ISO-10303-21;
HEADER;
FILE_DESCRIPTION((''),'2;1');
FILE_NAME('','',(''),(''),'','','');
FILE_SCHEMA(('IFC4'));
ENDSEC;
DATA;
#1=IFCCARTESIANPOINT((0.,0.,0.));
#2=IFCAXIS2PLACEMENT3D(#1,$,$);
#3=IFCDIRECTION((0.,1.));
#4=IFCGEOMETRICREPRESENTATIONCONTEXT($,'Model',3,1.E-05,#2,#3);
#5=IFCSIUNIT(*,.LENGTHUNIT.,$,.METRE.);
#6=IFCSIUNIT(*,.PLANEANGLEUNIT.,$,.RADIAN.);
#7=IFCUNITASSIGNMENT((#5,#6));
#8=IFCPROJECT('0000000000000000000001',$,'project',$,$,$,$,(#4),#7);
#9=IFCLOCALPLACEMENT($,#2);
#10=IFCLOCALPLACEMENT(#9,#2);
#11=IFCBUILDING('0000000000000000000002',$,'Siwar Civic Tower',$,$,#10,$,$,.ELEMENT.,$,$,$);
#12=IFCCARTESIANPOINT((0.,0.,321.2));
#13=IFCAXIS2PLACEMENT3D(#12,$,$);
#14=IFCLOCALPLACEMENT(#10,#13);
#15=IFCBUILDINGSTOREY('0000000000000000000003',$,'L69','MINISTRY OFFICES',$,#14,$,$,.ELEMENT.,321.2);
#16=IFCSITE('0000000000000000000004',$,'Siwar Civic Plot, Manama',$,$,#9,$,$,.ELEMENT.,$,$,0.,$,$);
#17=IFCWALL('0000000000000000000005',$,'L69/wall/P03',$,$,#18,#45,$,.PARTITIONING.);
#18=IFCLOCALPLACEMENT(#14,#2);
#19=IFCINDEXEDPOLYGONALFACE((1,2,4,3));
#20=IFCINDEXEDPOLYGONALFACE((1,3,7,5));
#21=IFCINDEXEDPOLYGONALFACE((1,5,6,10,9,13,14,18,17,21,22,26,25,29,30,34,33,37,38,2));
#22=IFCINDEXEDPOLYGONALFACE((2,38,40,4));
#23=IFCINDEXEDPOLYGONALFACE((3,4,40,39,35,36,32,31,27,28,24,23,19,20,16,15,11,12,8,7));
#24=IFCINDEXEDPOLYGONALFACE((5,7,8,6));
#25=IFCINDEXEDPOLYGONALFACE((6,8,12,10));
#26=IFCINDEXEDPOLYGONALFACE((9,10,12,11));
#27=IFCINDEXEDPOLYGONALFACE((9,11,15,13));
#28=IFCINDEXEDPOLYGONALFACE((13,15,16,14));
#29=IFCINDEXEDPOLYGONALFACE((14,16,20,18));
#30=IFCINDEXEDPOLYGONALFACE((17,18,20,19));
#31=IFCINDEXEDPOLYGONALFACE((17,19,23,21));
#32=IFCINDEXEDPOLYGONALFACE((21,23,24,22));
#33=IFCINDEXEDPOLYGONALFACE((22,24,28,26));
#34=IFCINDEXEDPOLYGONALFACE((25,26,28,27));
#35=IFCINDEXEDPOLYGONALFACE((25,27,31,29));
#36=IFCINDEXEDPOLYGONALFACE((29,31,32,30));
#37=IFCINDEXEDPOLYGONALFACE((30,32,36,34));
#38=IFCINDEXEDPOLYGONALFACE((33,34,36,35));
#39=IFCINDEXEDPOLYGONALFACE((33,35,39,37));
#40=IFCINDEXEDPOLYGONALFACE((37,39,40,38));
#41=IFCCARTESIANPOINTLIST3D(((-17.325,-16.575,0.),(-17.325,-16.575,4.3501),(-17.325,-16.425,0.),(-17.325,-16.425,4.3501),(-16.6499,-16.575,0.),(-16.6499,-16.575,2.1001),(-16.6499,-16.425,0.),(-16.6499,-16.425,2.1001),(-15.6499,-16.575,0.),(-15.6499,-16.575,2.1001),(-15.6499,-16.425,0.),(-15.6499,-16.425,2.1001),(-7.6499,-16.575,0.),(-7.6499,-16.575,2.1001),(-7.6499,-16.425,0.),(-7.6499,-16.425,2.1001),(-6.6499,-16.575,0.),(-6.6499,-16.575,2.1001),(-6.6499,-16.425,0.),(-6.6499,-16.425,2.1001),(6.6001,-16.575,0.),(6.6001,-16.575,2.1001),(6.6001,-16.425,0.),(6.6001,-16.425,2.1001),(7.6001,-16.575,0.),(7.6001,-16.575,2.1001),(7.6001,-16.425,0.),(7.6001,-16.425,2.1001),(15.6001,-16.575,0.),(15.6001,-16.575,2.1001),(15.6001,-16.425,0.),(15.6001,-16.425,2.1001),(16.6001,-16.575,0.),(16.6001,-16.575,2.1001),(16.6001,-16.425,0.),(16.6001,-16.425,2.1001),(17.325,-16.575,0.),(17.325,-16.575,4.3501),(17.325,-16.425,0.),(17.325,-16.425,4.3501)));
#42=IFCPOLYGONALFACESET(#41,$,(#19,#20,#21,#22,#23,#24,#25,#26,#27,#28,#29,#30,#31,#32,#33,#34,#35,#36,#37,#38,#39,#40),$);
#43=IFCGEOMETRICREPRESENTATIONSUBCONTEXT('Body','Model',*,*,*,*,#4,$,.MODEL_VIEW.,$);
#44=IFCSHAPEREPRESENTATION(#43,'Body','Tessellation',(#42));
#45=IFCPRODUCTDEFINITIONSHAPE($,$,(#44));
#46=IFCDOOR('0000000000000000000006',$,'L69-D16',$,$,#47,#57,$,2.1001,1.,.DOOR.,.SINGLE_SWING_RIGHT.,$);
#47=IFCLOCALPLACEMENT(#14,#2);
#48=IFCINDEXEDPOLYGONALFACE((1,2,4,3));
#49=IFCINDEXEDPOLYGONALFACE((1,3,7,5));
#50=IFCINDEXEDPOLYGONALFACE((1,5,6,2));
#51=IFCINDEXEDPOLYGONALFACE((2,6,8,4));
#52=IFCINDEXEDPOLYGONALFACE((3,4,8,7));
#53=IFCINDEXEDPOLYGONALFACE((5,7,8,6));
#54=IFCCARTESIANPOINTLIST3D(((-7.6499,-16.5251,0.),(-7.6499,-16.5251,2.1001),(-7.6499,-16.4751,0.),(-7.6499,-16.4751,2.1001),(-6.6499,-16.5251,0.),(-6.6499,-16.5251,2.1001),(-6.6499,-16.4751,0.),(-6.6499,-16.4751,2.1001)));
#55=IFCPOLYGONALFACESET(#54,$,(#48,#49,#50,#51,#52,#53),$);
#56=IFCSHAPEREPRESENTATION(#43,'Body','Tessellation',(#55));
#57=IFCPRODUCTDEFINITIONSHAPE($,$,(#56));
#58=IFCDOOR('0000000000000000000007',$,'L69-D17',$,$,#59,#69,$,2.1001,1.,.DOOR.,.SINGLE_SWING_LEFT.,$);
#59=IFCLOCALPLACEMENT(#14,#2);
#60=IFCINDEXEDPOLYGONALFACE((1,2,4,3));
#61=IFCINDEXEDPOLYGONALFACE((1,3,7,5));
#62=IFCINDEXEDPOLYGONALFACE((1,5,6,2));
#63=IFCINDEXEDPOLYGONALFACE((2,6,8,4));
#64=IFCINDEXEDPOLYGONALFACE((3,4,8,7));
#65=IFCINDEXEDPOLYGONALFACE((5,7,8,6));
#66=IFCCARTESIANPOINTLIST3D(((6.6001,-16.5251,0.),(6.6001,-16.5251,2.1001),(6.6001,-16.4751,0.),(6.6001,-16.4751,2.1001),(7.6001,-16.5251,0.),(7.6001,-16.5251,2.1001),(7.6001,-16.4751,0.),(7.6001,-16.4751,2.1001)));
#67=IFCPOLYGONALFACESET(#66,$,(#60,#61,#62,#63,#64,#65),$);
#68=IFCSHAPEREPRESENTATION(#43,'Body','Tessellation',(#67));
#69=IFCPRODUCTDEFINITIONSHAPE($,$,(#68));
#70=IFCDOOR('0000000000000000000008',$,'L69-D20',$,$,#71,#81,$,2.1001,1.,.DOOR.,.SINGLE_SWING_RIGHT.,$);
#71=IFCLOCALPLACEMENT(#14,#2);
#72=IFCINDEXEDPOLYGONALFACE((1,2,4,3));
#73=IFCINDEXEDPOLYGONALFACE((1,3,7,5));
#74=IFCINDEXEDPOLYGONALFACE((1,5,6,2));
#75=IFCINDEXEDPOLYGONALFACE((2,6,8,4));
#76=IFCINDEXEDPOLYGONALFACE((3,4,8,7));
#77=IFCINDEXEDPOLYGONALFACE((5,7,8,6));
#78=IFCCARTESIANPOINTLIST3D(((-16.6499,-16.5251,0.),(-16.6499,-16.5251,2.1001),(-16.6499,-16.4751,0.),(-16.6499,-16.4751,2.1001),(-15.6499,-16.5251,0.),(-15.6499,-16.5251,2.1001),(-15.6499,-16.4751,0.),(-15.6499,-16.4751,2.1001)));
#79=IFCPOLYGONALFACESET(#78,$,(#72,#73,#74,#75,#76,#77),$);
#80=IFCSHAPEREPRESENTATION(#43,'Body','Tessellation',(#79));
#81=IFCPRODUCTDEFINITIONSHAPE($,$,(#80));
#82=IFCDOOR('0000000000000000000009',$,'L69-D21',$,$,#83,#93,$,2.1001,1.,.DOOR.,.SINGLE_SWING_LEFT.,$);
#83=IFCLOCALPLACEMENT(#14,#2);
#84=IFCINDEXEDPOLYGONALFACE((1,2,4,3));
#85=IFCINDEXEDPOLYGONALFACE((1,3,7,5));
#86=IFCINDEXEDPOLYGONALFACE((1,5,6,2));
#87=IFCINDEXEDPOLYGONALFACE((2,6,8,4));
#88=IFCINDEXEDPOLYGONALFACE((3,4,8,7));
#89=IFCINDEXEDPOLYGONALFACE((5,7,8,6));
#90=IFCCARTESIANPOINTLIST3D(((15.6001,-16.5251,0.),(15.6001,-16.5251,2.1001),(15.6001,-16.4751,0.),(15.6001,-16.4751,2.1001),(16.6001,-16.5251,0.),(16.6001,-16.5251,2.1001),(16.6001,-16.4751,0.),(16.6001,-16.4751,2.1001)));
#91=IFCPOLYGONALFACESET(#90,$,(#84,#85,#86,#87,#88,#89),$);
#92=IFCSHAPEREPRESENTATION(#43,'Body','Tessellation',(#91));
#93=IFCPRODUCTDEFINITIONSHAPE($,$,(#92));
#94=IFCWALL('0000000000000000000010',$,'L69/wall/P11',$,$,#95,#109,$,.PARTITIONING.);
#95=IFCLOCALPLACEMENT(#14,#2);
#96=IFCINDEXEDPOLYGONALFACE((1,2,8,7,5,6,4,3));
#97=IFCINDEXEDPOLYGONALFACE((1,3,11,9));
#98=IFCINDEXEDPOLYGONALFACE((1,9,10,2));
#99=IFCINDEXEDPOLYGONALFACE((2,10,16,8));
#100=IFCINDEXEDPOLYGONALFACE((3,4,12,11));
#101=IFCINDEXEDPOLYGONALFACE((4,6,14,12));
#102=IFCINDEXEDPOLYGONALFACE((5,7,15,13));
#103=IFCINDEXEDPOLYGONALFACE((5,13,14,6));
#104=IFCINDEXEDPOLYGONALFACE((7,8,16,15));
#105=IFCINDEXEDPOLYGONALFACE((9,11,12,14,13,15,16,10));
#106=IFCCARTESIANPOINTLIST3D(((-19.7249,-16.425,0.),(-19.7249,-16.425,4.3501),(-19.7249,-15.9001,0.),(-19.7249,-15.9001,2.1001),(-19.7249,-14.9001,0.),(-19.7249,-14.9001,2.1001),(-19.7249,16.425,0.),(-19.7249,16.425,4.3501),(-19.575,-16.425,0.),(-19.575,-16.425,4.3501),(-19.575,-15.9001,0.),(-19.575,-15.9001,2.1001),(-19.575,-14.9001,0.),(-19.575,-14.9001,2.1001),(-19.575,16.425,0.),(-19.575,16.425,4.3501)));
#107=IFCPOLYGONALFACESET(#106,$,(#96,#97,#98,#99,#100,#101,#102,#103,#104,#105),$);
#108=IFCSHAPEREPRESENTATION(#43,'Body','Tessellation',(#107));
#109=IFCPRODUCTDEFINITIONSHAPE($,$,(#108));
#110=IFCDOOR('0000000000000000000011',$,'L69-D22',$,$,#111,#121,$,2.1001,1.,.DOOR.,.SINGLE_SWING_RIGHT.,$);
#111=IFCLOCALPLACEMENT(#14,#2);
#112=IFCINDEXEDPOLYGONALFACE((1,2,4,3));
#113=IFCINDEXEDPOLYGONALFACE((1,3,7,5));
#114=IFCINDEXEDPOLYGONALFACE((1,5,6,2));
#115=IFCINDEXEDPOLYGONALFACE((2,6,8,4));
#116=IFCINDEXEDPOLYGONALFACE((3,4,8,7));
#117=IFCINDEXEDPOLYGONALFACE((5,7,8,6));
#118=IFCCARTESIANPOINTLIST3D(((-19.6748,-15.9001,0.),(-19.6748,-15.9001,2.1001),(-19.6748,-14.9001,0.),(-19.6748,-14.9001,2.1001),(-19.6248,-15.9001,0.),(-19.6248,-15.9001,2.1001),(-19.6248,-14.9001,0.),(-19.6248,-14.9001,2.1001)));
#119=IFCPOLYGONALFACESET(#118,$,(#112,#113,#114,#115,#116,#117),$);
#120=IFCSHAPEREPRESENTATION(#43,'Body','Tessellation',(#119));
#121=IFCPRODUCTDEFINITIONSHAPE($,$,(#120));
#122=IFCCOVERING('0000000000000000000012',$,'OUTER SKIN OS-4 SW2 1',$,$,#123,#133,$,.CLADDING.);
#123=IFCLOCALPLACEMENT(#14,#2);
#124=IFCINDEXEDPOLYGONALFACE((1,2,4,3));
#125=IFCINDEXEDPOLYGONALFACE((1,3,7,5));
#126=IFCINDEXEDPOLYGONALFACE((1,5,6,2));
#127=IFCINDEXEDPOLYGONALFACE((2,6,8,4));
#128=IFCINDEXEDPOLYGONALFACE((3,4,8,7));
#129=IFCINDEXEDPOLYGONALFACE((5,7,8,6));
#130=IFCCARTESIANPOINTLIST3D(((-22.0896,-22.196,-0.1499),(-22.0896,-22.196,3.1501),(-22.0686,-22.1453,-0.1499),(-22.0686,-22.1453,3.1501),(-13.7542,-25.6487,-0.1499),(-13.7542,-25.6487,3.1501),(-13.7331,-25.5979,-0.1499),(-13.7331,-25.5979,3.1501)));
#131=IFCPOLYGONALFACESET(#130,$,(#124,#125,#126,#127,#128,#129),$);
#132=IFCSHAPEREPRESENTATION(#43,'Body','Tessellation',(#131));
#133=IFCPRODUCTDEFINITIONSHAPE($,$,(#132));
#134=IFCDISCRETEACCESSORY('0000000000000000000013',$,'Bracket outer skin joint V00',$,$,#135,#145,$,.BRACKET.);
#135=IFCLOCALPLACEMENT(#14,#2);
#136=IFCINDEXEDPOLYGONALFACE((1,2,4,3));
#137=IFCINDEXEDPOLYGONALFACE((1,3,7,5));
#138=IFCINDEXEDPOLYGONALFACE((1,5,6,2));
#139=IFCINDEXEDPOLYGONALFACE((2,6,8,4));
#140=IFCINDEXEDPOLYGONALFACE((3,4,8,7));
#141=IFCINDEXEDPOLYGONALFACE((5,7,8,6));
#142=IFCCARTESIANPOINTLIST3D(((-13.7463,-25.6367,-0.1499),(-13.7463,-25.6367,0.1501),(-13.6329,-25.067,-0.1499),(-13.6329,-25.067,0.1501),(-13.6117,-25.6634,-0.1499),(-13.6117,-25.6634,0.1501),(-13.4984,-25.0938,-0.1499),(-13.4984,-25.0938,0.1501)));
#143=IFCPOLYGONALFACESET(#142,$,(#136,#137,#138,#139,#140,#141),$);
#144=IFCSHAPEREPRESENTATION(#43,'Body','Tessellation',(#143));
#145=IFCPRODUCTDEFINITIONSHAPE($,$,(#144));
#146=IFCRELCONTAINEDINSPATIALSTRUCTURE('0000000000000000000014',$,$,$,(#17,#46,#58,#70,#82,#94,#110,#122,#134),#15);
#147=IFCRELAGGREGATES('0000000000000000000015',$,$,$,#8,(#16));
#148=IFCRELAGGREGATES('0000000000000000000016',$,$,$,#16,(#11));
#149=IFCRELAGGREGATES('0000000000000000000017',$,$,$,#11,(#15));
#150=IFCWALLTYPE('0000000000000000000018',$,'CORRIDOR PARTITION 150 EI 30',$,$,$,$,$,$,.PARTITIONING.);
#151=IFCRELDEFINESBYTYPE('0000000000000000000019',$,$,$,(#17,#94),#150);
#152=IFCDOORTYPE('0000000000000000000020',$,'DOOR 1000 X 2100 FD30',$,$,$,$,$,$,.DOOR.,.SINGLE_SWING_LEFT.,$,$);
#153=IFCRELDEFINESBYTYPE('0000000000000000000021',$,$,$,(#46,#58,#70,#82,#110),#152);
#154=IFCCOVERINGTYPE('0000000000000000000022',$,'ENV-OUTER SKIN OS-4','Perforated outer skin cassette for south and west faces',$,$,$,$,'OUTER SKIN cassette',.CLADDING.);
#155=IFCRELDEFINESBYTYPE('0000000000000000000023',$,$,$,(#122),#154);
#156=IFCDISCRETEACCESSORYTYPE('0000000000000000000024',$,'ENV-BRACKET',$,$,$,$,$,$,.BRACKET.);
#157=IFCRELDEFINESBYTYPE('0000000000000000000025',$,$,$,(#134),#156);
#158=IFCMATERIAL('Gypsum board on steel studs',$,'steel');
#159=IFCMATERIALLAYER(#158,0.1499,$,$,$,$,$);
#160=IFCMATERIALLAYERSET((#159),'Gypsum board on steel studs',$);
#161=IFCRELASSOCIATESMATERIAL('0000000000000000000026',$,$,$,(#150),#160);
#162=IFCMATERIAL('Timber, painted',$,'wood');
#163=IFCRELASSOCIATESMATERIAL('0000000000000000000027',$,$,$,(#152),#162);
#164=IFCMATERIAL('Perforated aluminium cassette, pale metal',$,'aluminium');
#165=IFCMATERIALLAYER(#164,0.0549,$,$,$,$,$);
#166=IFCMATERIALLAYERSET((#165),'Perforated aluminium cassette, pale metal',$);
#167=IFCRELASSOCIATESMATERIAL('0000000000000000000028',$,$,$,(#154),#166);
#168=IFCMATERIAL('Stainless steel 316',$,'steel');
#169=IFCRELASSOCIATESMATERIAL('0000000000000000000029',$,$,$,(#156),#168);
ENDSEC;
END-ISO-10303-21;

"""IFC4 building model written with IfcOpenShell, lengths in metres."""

from ifc_helpers import new_model, si_unit, direction, frame, frame_2d, origin, origin_2d, place, context, subcontext, project, spatial, rectangle, extrude, material, layer, layer_set, type_object, element, fill, save


model = new_model("IFC4")

# Units and contexts
model_context = context("Model", 3, precision=1e-05, world=origin(), true_north=direction((0.0, 1.0)))
body_context = subcontext(model_context, "Body", "Model", "MODEL_VIEW")
ifc_project = project(units=[si_unit("LENGTHUNIT", "METRE"), si_unit("PLANEANGLEUNIT", "RADIAN")], contexts=[model_context])

# Site, building, storey
site_placement = place(None, origin())
site = spatial("IfcSite", under=ifc_project, at=site_placement, Name="Siwar Civic Plot, Manama", CompositionType="ELEMENT", RefElevation=0.0)
building_placement = place(site_placement, origin())
building = spatial("IfcBuilding", under=site, at=building_placement, Name="Siwar Civic Tower", CompositionType="ELEMENT")
storey_placement = place(building_placement, frame((0.0, 0.0, 321.2)))
storey = spatial("IfcBuildingStorey", under=building, at=storey_placement, Name="L69", Description="MINISTRY OFFICES", CompositionType="ELEMENT", Elevation=321.2)

# Wall, openings, doors
ifc_material_1 = material(Name="Gypsum board on steel studs", Category="steel")
ifc_layer_1 = layer(ifc_material_1, 0.1499)
ifc_layer_set_1 = layer_set([ifc_layer_1], Name="Gypsum board on steel studs")
wall_type = type_object("IfcWallType", Name="CORRIDOR PARTITION 150 EI 30", PredefinedType="PARTITIONING", material=ifc_layer_set_1)
ifc_material_2 = material(Name="Timber, painted", Category="wood")
door_type = type_object("IfcDoorType", Name="DOOR 1000 X 2100 FD30", OperationType="SINGLE_SWING_LEFT", PredefinedType="DOOR", material=ifc_material_2)
wall_1_placement = place(storey_placement, frame((-17.325, -16.5, 0.0), z_axis=(0.0, 0.0, 1.0), x_axis=(1.0, 0.0, 0.0)))
wall_1 = element("IfcWall", 1, at=wall_1_placement, inside=storey, type_object=wall_type, Name="L69/wall/P03", PredefinedType="PARTITIONING", context=body_context, shape_type="SweptSolid", body=[
    extrude(rectangle(XDim=34.6499, YDim=0.1499, at=frame_2d((17.325, 0.0))), origin(), (0.0, 0.0, 1.0), 4.3501),
])
opening_1_placement = place(wall_1_placement, frame((9.675, 0.0, 0.0)))
opening_1 = element("IfcOpeningElement", 2, at=opening_1_placement, cuts=wall_1, PredefinedType="OPENING", context=body_context, shape_type="SweptSolid", body=[
    extrude(rectangle(XDim=1.0, YDim=2.1001, at=frame_2d((0.5, 1.05))), frame((0.0, 0.085, 0.0), z_axis=(0.0, -1.0, 0.0), x_axis=(1.0, 0.0, 0.0)), (0.0, 0.0, 1.0), 0.1699),
])
opening_2_placement = place(wall_1_placement, frame((23.925, 0.0, 0.0)))
opening_2 = element("IfcOpeningElement", 3, at=opening_2_placement, cuts=wall_1, PredefinedType="OPENING", context=body_context, shape_type="SweptSolid", body=[
    extrude(rectangle(XDim=1.0, YDim=2.1001, at=frame_2d((0.5, 1.05))), frame((0.0, 0.085, 0.0), z_axis=(0.0, -1.0, 0.0), x_axis=(1.0, 0.0, 0.0)), (0.0, 0.0, 1.0), 0.1699),
])
opening_3_placement = place(wall_1_placement, frame((0.675, 0.0, 0.0)))
opening_3 = element("IfcOpeningElement", 4, at=opening_3_placement, cuts=wall_1, PredefinedType="OPENING", context=body_context, shape_type="SweptSolid", body=[
    extrude(rectangle(XDim=1.0, YDim=2.1001, at=frame_2d((0.5, 1.05))), frame((0.0, 0.085, 0.0), z_axis=(0.0, -1.0, 0.0), x_axis=(1.0, 0.0, 0.0)), (0.0, 0.0, 1.0), 0.1699),
])
opening_4_placement = place(wall_1_placement, frame((32.925, 0.0, 0.0)))
opening_4 = element("IfcOpeningElement", 5, at=opening_4_placement, cuts=wall_1, PredefinedType="OPENING", context=body_context, shape_type="SweptSolid", body=[
    extrude(rectangle(XDim=1.0, YDim=2.1001, at=frame_2d((0.5, 1.05))), frame((0.0, 0.085, 0.0), z_axis=(0.0, -1.0, 0.0), x_axis=(1.0, 0.0, 0.0)), (0.0, 0.0, 1.0), 0.1699),
])
door_1_placement = place(opening_1_placement, origin())
door_1 = element("IfcDoor", 6, at=door_1_placement, inside=storey, type_object=door_type, Name="L69-D16", OperationType="SINGLE_SWING_RIGHT", OverallHeight=2.1001, OverallWidth=1.0, PredefinedType="DOOR", context=body_context, shape_type="SweptSolid", body=[
    extrude(rectangle(XDim=1.0, YDim=2.1001, at=frame_2d((0.5, 1.05))), frame((0.0, 0.0249, 0.0), z_axis=(0.0, -1.0, 0.0), x_axis=(1.0, 0.0, 0.0)), (0.0, 0.0, 1.0), 0.05),
])
fill(opening_1, door_1)
door_2_placement = place(opening_2_placement, origin())
door_2 = element("IfcDoor", 7, at=door_2_placement, inside=storey, type_object=door_type, Name="L69-D17", OperationType="SINGLE_SWING_LEFT", OverallHeight=2.1001, OverallWidth=1.0, PredefinedType="DOOR", context=body_context, shape_type="SweptSolid", body=[
    extrude(rectangle(XDim=1.0, YDim=2.1001, at=frame_2d((0.5, 1.05))), frame((0.0, 0.0249, 0.0), z_axis=(0.0, -1.0, 0.0), x_axis=(1.0, 0.0, 0.0)), (0.0, 0.0, 1.0), 0.05),
])
fill(opening_2, door_2)
door_3_placement = place(opening_3_placement, origin())
door_3 = element("IfcDoor", 8, at=door_3_placement, inside=storey, type_object=door_type, Name="L69-D20", OperationType="SINGLE_SWING_RIGHT", OverallHeight=2.1001, OverallWidth=1.0, PredefinedType="DOOR", context=body_context, shape_type="SweptSolid", body=[
    extrude(rectangle(XDim=1.0, YDim=2.1001, at=frame_2d((0.5, 1.05))), frame((0.0, 0.0249, 0.0), z_axis=(0.0, -1.0, 0.0), x_axis=(1.0, 0.0, 0.0)), (0.0, 0.0, 1.0), 0.05),
])
fill(opening_3, door_3)
door_4_placement = place(opening_4_placement, origin())
door_4 = element("IfcDoor", 9, at=door_4_placement, inside=storey, type_object=door_type, Name="L69-D21", OperationType="SINGLE_SWING_LEFT", OverallHeight=2.1001, OverallWidth=1.0, PredefinedType="DOOR", context=body_context, shape_type="SweptSolid", body=[
    extrude(rectangle(XDim=1.0, YDim=2.1001, at=frame_2d((0.5, 1.05))), frame((0.0, 0.0249, 0.0), z_axis=(0.0, -1.0, 0.0), x_axis=(1.0, 0.0, 0.0)), (0.0, 0.0, 1.0), 0.05),
])
fill(opening_4, door_4)

# Wall, opening, door
wall_2_placement = place(storey_placement, frame((-19.6499, -16.425, 0.0), z_axis=(0.0, 0.0, 1.0), x_axis=(0.0, 1.0, 0.0)))
wall_2 = element("IfcWall", 10, at=wall_2_placement, inside=storey, type_object=wall_type, Name="L69/wall/P11", PredefinedType="PARTITIONING", context=body_context, shape_type="SweptSolid", body=[
    extrude(rectangle(XDim=32.8501, YDim=0.1499, at=frame_2d((16.425, 0.0))), origin(), (0.0, 0.0, 1.0), 4.3501),
])
opening_5_placement = place(wall_2_placement, frame((0.5249, 0.0, 0.0)))
opening_5 = element("IfcOpeningElement", 11, at=opening_5_placement, cuts=wall_2, PredefinedType="OPENING", context=body_context, shape_type="SweptSolid", body=[
    extrude(rectangle(XDim=1.0, YDim=2.1001, at=frame_2d((0.5, 1.05))), frame((0.0, 0.085, 0.0), z_axis=(0.0, -1.0, 0.0), x_axis=(1.0, 0.0, 0.0)), (0.0, 0.0, 1.0), 0.1699),
])
door_5_placement = place(opening_5_placement, origin())
door_5 = element("IfcDoor", 12, at=door_5_placement, inside=storey, type_object=door_type, Name="L69-D22", OperationType="SINGLE_SWING_RIGHT", OverallHeight=2.1001, OverallWidth=1.0, PredefinedType="DOOR", context=body_context, shape_type="SweptSolid", body=[
    extrude(rectangle(XDim=1.0, YDim=2.1001, at=frame_2d((0.5, 1.05))), frame((0.0, 0.0249, 0.0), z_axis=(0.0, -1.0, 0.0), x_axis=(1.0, 0.0, 0.0)), (0.0, 0.0, 1.0), 0.05),
])
fill(opening_5, door_5)

# Covering
ifc_material_3 = material(Name="Perforated aluminium cassette, pale metal", Category="aluminium")
ifc_layer_2 = layer(ifc_material_3, 0.0549)
ifc_layer_set_2 = layer_set([ifc_layer_2], Name="Perforated aluminium cassette, pale metal")
covering_type = type_object("IfcCoveringType", Name="ENV-OUTER SKIN OS-4", Description="Perforated outer skin cassette for south and west faces", ElementType="OUTER SKIN cassette", PredefinedType="CLADDING", material=ifc_layer_set_2)
covering_placement = place(storey_placement, frame((-17.9114, -23.897, -0.1499), z_axis=(0.0, 0.0, 1.0), x_axis=(0.92388, -0.382683, 0.0)))
element("IfcCovering", 13, at=covering_placement, inside=storey, type_object=covering_type, Name="OUTER SKIN OS-4 SW2 1", PredefinedType="CLADDING", context=body_context, shape_type="SweptSolid", body=[
    extrude(rectangle(XDim=9.0222, YDim=0.0549, at=origin_2d()), origin(), (0.0, 0.0, 1.0), 3.3),
])

# Discrete accessory
ifc_material_4 = material(Name="Stainless steel 316", Category="steel")
discrete_accessory_type = type_object("IfcDiscreteAccessoryType", Name="ENV-BRACKET", PredefinedType="BRACKET", material=ifc_material_4)
discrete_accessory_placement = place(storey_placement, frame((-13.6223, -25.3652, -0.1499), z_axis=(0.0, 0.0, 1.0), x_axis=(-0.19509, -0.980785, 0.0)))
element("IfcDiscreteAccessory", 14, at=discrete_accessory_placement, inside=storey, type_object=discrete_accessory_type, Name="Bracket outer skin joint V00", PredefinedType="BRACKET", context=body_context, shape_type="SweptSolid", body=[
    extrude(rectangle(XDim=0.5808, YDim=0.1372, at=origin_2d()), origin(), (0.0, 0.0, 1.0), 0.3),
])

save(model, "model.ifc")
